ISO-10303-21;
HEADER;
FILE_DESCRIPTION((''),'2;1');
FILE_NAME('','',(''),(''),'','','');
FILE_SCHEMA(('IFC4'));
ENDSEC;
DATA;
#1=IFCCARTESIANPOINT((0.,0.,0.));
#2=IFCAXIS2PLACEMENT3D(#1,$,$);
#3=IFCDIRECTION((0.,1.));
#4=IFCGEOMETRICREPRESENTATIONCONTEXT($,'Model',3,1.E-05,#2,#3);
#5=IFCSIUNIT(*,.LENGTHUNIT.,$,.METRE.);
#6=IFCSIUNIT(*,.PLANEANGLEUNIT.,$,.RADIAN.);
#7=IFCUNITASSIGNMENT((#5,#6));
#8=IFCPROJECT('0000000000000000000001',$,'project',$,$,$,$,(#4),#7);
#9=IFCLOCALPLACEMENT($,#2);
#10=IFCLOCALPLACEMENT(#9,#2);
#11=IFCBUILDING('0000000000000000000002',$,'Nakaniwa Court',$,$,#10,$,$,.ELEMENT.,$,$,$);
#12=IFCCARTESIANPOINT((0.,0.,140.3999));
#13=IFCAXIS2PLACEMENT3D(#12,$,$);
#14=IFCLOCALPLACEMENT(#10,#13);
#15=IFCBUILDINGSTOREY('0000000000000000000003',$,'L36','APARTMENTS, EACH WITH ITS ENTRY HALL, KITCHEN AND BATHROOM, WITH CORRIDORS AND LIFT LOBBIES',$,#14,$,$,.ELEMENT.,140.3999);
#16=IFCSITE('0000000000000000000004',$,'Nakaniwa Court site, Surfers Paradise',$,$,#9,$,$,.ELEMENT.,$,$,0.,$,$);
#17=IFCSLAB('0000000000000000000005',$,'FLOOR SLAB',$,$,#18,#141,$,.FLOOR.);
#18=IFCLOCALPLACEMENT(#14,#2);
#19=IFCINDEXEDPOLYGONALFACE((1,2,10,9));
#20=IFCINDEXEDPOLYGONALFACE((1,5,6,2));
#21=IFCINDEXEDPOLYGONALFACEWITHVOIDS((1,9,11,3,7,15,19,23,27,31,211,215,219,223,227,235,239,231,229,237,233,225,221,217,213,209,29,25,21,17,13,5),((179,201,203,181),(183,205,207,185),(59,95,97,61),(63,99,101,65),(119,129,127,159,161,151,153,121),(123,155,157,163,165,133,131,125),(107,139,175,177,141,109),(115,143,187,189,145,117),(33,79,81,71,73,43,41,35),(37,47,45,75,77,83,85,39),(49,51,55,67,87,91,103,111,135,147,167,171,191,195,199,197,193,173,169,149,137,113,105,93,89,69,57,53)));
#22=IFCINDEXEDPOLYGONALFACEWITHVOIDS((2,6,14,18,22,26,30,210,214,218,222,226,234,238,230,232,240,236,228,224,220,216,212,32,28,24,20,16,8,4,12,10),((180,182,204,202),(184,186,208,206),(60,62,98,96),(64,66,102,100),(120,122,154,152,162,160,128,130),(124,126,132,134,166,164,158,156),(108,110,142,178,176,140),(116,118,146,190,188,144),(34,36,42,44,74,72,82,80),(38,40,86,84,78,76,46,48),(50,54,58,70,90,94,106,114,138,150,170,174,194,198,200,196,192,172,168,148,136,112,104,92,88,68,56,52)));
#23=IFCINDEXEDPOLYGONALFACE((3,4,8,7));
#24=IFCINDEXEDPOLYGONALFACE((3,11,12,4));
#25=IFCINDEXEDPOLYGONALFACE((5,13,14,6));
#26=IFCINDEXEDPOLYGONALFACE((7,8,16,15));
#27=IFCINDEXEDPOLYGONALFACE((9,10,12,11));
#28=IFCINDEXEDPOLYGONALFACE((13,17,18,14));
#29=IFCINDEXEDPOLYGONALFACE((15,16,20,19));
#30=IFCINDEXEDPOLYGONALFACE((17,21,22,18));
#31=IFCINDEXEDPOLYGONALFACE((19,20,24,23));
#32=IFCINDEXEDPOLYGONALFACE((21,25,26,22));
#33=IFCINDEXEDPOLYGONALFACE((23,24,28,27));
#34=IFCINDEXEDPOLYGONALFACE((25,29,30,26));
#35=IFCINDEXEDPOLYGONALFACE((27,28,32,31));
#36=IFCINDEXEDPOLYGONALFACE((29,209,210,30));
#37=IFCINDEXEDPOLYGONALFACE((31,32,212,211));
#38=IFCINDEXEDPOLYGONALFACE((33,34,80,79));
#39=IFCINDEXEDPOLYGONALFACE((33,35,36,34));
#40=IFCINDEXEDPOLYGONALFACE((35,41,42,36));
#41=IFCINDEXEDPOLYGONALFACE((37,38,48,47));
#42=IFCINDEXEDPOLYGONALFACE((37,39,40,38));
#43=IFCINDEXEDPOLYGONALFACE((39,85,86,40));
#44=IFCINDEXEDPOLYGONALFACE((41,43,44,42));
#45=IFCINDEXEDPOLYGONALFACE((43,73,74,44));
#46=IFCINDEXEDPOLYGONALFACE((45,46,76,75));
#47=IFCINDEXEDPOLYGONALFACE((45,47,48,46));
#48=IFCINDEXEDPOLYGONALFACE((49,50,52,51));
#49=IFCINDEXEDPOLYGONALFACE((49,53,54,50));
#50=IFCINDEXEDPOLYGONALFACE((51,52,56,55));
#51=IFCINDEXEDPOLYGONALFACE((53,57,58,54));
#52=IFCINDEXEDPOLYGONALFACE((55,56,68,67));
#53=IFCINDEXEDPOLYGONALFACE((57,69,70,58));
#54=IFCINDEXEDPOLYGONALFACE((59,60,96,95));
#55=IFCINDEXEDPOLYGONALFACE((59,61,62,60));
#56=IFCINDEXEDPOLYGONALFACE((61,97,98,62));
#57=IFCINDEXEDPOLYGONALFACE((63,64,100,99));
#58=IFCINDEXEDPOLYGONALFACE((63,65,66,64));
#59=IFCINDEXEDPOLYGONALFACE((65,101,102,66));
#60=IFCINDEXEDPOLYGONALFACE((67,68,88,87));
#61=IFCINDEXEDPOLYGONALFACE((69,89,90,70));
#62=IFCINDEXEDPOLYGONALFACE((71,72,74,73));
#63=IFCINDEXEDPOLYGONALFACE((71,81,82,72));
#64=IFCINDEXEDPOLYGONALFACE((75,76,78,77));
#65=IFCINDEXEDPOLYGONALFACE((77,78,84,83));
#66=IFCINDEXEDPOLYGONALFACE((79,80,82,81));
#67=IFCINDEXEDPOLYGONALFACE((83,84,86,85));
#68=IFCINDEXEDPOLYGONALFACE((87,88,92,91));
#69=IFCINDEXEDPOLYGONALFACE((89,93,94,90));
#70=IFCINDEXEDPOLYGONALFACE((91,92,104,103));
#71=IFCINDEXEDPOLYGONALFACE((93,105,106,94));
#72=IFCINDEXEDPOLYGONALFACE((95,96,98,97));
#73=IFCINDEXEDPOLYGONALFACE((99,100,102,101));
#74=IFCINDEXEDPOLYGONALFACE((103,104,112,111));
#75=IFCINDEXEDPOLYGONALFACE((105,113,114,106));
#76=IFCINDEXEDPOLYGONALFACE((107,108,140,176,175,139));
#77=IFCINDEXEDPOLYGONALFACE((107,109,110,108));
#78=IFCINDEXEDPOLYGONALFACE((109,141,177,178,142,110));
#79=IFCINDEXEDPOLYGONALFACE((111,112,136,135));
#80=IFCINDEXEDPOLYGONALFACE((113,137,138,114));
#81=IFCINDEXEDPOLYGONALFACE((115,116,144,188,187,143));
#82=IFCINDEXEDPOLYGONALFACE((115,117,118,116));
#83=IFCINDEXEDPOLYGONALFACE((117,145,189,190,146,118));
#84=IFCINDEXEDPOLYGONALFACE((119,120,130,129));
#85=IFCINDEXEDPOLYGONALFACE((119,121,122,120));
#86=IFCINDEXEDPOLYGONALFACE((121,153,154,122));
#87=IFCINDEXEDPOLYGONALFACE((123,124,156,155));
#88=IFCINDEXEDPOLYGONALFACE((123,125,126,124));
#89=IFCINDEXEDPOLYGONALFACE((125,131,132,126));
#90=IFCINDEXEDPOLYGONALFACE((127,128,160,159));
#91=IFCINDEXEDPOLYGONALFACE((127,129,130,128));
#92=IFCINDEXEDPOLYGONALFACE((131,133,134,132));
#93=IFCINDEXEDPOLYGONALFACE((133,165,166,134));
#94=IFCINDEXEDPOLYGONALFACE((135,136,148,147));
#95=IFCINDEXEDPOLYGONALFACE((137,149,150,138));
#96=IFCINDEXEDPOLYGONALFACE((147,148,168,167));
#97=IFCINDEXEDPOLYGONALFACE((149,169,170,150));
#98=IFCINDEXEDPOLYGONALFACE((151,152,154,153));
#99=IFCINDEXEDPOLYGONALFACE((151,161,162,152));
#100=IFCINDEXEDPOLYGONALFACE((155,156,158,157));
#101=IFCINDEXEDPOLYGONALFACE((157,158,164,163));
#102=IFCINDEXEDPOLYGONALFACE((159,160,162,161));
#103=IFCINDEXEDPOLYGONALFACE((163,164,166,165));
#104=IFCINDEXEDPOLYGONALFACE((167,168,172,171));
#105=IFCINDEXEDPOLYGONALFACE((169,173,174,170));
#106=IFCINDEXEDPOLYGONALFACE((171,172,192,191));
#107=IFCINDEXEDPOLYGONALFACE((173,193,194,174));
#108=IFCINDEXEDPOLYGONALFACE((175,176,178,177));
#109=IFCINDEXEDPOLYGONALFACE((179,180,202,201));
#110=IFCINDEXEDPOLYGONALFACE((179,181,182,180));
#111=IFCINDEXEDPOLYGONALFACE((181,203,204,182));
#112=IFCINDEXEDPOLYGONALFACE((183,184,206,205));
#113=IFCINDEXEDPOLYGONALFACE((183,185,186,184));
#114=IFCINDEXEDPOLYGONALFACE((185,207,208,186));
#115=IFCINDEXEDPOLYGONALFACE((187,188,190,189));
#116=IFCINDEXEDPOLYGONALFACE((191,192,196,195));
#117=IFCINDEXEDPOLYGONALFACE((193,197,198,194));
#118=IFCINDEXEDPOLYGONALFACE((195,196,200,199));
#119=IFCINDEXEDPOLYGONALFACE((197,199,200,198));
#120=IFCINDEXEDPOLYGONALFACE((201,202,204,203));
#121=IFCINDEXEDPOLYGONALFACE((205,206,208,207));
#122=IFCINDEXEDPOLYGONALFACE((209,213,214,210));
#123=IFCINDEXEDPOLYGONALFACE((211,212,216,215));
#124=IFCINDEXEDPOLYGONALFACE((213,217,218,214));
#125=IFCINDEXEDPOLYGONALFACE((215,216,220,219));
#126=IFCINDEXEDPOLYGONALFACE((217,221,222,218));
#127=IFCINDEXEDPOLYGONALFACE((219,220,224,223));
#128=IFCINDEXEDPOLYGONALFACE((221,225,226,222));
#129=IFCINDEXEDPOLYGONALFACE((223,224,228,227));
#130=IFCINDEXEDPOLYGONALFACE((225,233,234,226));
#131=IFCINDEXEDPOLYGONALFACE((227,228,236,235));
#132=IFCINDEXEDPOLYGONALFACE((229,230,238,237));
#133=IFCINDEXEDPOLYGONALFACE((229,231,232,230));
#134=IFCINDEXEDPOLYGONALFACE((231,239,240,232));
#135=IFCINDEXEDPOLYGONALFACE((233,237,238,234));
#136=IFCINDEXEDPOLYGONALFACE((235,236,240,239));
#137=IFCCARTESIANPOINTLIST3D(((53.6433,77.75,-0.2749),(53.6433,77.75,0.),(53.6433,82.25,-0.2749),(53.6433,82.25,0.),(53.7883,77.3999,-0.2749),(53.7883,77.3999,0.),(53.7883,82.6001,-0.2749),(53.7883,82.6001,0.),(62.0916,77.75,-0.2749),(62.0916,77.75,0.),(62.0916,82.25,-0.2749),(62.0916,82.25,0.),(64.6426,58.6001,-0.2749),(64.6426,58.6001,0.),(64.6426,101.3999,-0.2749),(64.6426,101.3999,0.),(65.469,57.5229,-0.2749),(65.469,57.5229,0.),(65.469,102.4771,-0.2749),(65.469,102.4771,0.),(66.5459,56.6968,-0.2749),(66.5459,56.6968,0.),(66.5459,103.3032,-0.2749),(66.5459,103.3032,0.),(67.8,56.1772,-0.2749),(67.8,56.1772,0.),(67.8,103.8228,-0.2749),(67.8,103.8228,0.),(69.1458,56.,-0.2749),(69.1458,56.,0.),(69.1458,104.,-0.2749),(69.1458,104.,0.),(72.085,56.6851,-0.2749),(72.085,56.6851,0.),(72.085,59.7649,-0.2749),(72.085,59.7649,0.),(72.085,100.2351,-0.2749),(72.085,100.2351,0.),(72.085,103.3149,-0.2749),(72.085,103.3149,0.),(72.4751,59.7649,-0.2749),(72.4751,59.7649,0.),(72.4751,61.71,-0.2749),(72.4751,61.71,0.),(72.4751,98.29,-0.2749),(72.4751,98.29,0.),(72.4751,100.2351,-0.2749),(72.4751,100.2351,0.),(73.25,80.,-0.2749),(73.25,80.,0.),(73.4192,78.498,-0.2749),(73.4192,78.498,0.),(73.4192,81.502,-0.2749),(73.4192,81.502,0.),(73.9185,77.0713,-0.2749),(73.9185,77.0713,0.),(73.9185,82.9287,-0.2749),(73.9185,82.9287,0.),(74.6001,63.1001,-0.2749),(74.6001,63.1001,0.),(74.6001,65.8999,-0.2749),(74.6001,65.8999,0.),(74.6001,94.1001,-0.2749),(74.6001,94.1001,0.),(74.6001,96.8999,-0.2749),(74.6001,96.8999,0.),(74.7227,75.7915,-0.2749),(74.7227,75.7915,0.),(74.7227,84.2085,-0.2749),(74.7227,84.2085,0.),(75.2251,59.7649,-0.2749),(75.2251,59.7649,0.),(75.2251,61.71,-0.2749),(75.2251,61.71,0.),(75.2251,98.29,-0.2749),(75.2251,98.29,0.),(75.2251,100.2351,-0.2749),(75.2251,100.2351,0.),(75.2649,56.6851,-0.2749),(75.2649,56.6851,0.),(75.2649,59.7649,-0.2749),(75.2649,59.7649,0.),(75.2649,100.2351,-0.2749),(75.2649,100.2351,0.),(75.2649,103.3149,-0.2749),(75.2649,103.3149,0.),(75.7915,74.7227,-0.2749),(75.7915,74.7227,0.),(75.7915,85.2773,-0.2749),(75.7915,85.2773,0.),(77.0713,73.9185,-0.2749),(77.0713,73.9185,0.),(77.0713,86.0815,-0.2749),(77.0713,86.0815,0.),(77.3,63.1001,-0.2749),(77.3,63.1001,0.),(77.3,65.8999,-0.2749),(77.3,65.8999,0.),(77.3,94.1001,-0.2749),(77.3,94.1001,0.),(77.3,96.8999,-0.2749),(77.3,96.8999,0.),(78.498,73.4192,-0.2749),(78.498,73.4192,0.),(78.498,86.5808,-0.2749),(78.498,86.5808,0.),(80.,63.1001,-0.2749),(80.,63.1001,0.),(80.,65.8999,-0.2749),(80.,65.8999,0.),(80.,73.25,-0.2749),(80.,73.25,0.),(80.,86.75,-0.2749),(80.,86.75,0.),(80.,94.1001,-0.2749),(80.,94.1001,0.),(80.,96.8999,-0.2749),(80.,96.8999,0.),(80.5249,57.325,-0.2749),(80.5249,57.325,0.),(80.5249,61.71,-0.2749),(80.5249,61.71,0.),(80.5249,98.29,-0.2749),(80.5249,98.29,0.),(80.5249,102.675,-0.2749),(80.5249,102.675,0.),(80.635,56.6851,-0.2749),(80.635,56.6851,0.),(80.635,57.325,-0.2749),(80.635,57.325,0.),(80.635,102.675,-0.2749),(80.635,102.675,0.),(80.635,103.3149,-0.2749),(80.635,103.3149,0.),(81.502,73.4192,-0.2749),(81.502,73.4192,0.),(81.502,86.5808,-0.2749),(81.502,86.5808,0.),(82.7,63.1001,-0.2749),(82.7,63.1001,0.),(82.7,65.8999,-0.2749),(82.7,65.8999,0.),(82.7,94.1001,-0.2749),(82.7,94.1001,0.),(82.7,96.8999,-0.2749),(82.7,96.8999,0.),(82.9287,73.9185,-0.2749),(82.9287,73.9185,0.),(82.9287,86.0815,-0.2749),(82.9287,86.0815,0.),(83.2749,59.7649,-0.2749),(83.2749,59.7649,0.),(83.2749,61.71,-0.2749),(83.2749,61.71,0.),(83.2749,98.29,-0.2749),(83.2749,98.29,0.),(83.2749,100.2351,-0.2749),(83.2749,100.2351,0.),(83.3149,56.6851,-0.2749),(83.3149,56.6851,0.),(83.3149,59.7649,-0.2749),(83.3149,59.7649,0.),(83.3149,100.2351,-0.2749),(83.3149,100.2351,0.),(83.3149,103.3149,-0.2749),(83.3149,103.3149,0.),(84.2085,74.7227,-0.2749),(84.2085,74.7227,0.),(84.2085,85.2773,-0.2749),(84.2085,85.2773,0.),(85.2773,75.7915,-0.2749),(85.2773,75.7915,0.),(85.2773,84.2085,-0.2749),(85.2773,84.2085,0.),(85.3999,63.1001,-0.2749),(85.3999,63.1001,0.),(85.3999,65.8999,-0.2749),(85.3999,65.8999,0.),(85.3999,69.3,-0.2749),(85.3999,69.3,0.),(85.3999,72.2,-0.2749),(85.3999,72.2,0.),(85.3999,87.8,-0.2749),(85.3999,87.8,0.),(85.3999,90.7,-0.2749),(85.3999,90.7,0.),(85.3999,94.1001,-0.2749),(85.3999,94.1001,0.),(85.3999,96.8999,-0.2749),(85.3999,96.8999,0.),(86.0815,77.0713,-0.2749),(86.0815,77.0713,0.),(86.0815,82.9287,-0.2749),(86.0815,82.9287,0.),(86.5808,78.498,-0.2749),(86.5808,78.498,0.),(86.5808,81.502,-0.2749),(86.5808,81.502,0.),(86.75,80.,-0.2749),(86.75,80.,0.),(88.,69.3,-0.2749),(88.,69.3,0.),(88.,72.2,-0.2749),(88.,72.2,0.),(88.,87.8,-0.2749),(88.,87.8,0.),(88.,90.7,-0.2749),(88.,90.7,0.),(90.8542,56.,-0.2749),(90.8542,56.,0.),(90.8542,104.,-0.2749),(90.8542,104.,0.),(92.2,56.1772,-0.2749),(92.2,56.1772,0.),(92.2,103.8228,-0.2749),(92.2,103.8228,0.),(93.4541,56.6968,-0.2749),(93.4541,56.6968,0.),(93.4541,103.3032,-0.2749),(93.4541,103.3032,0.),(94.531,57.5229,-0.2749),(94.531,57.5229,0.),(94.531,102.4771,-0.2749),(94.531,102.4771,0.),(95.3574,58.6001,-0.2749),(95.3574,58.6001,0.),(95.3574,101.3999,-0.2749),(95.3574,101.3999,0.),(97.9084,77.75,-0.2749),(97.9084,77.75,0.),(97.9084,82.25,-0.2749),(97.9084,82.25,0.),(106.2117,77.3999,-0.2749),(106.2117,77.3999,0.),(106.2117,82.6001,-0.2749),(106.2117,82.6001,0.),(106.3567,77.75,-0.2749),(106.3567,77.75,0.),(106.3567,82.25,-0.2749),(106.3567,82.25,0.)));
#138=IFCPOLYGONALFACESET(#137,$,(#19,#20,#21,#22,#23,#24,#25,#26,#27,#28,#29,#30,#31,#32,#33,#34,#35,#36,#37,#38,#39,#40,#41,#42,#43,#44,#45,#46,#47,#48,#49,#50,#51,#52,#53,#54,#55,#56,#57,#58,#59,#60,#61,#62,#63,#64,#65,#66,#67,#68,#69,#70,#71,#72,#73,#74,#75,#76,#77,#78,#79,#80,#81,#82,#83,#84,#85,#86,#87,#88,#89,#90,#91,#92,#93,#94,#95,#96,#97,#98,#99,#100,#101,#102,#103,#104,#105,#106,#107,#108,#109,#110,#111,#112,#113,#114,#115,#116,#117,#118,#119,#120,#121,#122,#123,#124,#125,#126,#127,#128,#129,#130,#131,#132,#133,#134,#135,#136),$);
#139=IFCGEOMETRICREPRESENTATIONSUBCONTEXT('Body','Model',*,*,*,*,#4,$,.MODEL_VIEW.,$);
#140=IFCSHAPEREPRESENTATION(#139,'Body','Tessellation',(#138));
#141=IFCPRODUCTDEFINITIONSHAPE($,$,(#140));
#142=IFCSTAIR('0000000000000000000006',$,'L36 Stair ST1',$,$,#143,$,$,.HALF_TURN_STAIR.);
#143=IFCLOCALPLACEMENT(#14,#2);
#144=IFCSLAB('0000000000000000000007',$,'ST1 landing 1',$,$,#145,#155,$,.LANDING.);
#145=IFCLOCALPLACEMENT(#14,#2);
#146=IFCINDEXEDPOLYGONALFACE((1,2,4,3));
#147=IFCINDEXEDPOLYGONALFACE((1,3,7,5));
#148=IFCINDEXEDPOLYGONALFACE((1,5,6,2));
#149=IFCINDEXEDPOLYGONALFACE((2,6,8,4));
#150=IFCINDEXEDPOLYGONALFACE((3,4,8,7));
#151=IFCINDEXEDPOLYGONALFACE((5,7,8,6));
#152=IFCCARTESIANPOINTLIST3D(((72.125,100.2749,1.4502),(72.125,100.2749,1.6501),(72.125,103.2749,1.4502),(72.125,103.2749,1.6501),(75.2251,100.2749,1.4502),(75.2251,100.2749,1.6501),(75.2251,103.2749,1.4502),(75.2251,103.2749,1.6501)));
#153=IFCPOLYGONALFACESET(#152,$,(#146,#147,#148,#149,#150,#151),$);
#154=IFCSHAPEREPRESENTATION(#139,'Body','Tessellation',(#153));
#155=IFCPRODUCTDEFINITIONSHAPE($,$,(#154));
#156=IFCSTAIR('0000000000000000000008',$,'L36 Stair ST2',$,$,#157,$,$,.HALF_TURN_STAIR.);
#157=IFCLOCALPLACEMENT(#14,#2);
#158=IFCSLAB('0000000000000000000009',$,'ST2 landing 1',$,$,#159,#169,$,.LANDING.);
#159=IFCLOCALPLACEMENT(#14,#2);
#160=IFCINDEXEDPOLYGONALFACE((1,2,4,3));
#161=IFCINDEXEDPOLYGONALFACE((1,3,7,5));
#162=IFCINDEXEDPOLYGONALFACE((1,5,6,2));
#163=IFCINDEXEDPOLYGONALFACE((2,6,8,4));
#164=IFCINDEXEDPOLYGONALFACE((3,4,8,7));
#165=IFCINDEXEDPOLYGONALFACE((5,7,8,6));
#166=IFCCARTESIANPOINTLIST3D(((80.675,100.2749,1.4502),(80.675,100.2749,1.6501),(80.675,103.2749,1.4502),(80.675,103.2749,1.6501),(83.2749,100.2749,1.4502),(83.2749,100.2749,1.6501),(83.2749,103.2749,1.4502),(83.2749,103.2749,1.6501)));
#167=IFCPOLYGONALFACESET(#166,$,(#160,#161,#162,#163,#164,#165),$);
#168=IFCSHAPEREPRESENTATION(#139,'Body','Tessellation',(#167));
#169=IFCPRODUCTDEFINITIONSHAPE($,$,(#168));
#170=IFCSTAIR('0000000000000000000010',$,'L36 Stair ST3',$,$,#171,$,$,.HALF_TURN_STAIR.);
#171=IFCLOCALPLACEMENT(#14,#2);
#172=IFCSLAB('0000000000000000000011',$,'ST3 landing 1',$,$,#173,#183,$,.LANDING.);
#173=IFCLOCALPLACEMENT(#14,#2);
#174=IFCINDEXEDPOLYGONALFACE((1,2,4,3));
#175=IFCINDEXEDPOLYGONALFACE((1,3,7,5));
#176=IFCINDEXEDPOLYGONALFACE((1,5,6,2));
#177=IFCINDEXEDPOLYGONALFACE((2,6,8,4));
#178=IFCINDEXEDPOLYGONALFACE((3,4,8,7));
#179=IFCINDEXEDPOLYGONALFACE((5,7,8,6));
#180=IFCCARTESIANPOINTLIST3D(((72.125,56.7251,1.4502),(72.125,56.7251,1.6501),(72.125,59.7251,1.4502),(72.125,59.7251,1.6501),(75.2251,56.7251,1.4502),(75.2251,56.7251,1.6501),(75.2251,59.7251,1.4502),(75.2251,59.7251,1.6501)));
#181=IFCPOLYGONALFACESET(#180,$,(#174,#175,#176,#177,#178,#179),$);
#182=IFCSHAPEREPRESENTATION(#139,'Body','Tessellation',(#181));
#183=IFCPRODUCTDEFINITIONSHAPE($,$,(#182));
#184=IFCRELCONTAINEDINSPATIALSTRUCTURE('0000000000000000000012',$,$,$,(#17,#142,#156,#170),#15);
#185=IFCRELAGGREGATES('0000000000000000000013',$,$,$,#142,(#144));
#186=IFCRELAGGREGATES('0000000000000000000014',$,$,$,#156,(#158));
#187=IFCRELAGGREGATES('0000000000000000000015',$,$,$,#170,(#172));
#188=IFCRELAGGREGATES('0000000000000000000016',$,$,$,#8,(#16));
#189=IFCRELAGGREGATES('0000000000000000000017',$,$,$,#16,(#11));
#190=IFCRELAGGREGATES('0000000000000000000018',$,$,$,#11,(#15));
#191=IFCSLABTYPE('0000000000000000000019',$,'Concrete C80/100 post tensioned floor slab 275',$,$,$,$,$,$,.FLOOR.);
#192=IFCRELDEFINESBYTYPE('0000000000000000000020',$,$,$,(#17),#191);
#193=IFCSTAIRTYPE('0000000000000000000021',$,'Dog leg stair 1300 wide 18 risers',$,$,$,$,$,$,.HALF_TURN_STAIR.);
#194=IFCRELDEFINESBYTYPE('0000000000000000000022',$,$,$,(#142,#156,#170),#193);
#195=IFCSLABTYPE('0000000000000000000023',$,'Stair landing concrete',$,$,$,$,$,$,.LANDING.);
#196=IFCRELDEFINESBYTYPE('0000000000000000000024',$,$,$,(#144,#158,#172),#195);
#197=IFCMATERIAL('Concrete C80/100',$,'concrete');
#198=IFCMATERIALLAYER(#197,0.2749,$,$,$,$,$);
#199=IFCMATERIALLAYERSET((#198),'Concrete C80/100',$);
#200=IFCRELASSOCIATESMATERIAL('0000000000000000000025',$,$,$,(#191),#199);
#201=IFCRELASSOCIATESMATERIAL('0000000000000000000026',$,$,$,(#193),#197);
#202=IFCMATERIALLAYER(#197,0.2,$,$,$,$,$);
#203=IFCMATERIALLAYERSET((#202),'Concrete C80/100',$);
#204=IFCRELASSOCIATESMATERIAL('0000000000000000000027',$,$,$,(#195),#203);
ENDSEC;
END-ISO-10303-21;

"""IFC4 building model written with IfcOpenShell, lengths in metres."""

from ifc_helpers import new_model, si_unit, direction, frame, origin, place, context, subcontext, project, spatial, polyline, outline, extrude, material, layer, layer_set, type_object, element, aggregate, save


model = new_model("IFC4")

# Units and contexts
model_context = context("Model", 3, precision=1e-05, world=origin(), true_north=direction((0.0, 1.0)))
body_context = subcontext(model_context, "Body", "Model", "MODEL_VIEW")
ifc_project = project(units=[si_unit("LENGTHUNIT", "METRE"), si_unit("PLANEANGLEUNIT", "RADIAN")], contexts=[model_context])

# Site, building, storey
site_placement = place(None, origin())
site = spatial("IfcSite", under=ifc_project, at=site_placement, Name="Nakaniwa Court site, Surfers Paradise", CompositionType="ELEMENT", RefElevation=0.0)
building_placement = place(site_placement, origin())
building = spatial("IfcBuilding", under=site, at=building_placement, Name="Nakaniwa Court", CompositionType="ELEMENT")
storey_placement = place(building_placement, frame((0.0, 0.0, 140.3999)))
storey = spatial("IfcBuildingStorey", under=building, at=storey_placement, Name="L36", Description="APARTMENTS, EACH WITH ITS ENTRY HALL, KITCHEN AND BATHROOM, WITH CORRIDORS AND LIFT LOBBIES", CompositionType="ELEMENT", Elevation=140.3999)

# Shared definitions
ifc_material_1 = material(Name="Concrete C80/100", Category="concrete")

# Slab
ifc_layer_1 = layer(ifc_material_1, 0.2749)
ifc_layer_set_1 = layer_set([ifc_layer_1], Name="Concrete C80/100")
slab_type_1 = type_object("IfcSlabType", Name="Concrete C80/100 post tensioned floor slab 275", PredefinedType="FLOOR", material=ifc_layer_set_1)
slab_1_placement = place(storey_placement, frame((0.0, 0.0, -0.2749)))
element("IfcSlab", 1, at=slab_1_placement, inside=storey, type_object=slab_type_1, Name="FLOOR SLAB", PredefinedType="FLOOR", context=body_context, shape_type="SweptSolid", body=[
    extrude(outline(polyline([(97.9084, 82.25), (106.3567, 82.25), (106.2117, 82.6001), (95.3574, 101.3999), (94.531, 102.4771), (93.4541, 103.3032), (92.2, 103.8228), (90.8542, 104.0), (69.1458, 104.0), (67.8, 103.8228), (66.5459, 103.3032), (65.469, 102.4771), (64.6426, 101.3999), (53.7883, 82.6001), (53.6433, 82.25), (62.0916, 82.25), (62.0916, 77.75), (53.6433, 77.75), (53.7883, 77.3999), (64.6426, 58.6001), (65.469, 57.5229), (66.5459, 56.6968), (67.8, 56.1772), (69.1458, 56.0), (90.8542, 56.0), (92.2, 56.1772), (93.4541, 56.6968), (94.531, 57.5229), (95.3574, 58.6001), (106.2117, 77.3999), (106.3567, 77.75), (97.9084, 77.75), (97.9084, 82.25)]), holes=[polyline([(81.502, 86.5808), (80.0, 86.75), (78.498, 86.5808), (77.0713, 86.0815), (75.7915, 85.2773), (74.7227, 84.2085), (73.9185, 82.9287), (73.4192, 81.502), (73.25, 80.0), (73.4192, 78.498), (73.9185, 77.0713), (74.7227, 75.7915), (75.7915, 74.7227), (77.0713, 73.9185), (78.498, 73.4192), (80.0, 73.25), (81.502, 73.4192), (82.9287, 73.9185), (84.2085, 74.7227), (85.2773, 75.7915), (86.0815, 77.0713), (86.5808, 78.498), (86.75, 80.0), (86.5808, 81.502), (86.0815, 82.9287), (85.2773, 84.2085), (84.2085, 85.2773), (82.9287, 86.0815), (81.502, 86.5808)]), polyline([(72.4751, 61.71), (72.4751, 59.7649), (72.085, 59.7649), (72.085, 56.6851), (75.2649, 56.6851), (75.2649, 59.7649), (75.2251, 59.7649), (75.2251, 61.71), (72.4751, 61.71)]), polyline([(77.3, 65.8999), (74.6001, 65.8999), (74.6001, 63.1001), (77.3, 63.1001), (77.3, 65.8999)]), polyline([(80.0, 65.8999), (80.0, 63.1001), (82.7, 63.1001), (85.3999, 63.1001), (85.3999, 65.8999), (82.7, 65.8999), (80.0, 65.8999)]), polyline([(77.3, 96.8999), (74.6001, 96.8999), (74.6001, 94.1001), (77.3, 94.1001), (77.3, 96.8999)]), polyline([(80.0, 96.8999), (80.0, 94.1001), (82.7, 94.1001), (85.3999, 94.1001), (85.3999, 96.8999), (82.7, 96.8999), (80.0, 96.8999)]), polyline([(75.2649, 100.2351), (75.2649, 103.3149), (72.085, 103.3149), (72.085, 100.2351), (72.4751, 100.2351), (72.4751, 98.29), (75.2251, 98.29), (75.2251, 100.2351), (75.2649, 100.2351)]), polyline([(83.2749, 61.71), (80.5249, 61.71), (80.5249, 57.325), (80.635, 57.325), (80.635, 56.6851), (83.3149, 56.6851), (83.3149, 59.7649), (83.2749, 59.7649), (83.2749, 61.71)]), polyline([(88.0, 72.2), (85.3999, 72.2), (85.3999, 69.3), (88.0, 69.3), (88.0, 72.2)]), polyline([(88.0, 90.7), (85.3999, 90.7), (85.3999, 87.8), (88.0, 87.8), (88.0, 90.7)]), polyline([(83.3149, 100.2351), (83.3149, 103.3149), (80.635, 103.3149), (80.635, 102.675), (80.5249, 102.675), (80.5249, 98.29), (83.2749, 98.29), (83.2749, 100.2351), (83.3149, 100.2351)])]), origin(), (0.0, 0.0, 1.0), 0.2749),
])

# Stairs, slabs
stair_type = type_object("IfcStairType", Name="Dog leg stair 1300 wide 18 risers", PredefinedType="HALF_TURN_STAIR", material=ifc_material_1)
stair_1_placement = place(storey_placement, origin())
stair_1 = element("IfcStair", 2, at=stair_1_placement, inside=storey, type_object=stair_type, Name="L36 Stair ST1", PredefinedType="HALF_TURN_STAIR")
ifc_layer_2 = layer(ifc_material_1, 0.2)
ifc_layer_set_2 = layer_set([ifc_layer_2], Name="Concrete C80/100")
slab_type_2 = type_object("IfcSlabType", Name="Stair landing concrete", PredefinedType="LANDING", material=ifc_layer_set_2)
slab_2_placement = place(storey_placement, frame((0.0, 0.0, 1.4502)))
slab_2 = element("IfcSlab", 3, at=slab_2_placement, type_object=slab_type_2, Name="ST1 landing 1", PredefinedType="LANDING", context=body_context, shape_type="SweptSolid", body=[
    extrude(outline(polyline([(75.2251, 100.2749), (75.2251, 103.2749), (72.125, 103.2749), (72.125, 100.2749), (75.2251, 100.2749)])), origin(), (0.0, 0.0, 1.0), 0.2),
])
aggregate(stair_1, [slab_2])
stair_2_placement = place(storey_placement, origin())
stair_2 = element("IfcStair", 4, at=stair_2_placement, inside=storey, type_object=stair_type, Name="L36 Stair ST2", PredefinedType="HALF_TURN_STAIR")
slab_3_placement = place(storey_placement, frame((0.0, 0.0, 1.4502)))
slab_3 = element("IfcSlab", 5, at=slab_3_placement, type_object=slab_type_2, Name="ST2 landing 1", PredefinedType="LANDING", context=body_context, shape_type="SweptSolid", body=[
    extrude(outline(polyline([(83.2749, 100.2749), (83.2749, 103.2749), (80.675, 103.2749), (80.675, 100.2749), (83.2749, 100.2749)])), origin(), (0.0, 0.0, 1.0), 0.2),
])
aggregate(stair_2, [slab_3])
stair_3_placement = place(storey_placement, origin())
stair_3 = element("IfcStair", 6, at=stair_3_placement, inside=storey, type_object=stair_type, Name="L36 Stair ST3", PredefinedType="HALF_TURN_STAIR")
slab_4_placement = place(storey_placement, frame((0.0, 0.0, 1.4502)))
slab_4 = element("IfcSlab", 7, at=slab_4_placement, type_object=slab_type_2, Name="ST3 landing 1", PredefinedType="LANDING", context=body_context, shape_type="SweptSolid", body=[
    extrude(outline(polyline([(75.2251, 56.7251), (75.2251, 59.7251), (72.125, 59.7251), (72.125, 56.7251), (75.2251, 56.7251)])), origin(), (0.0, 0.0, 1.0), 0.2),
])
aggregate(stair_3, [slab_4])

save(model, "model.ifc")
